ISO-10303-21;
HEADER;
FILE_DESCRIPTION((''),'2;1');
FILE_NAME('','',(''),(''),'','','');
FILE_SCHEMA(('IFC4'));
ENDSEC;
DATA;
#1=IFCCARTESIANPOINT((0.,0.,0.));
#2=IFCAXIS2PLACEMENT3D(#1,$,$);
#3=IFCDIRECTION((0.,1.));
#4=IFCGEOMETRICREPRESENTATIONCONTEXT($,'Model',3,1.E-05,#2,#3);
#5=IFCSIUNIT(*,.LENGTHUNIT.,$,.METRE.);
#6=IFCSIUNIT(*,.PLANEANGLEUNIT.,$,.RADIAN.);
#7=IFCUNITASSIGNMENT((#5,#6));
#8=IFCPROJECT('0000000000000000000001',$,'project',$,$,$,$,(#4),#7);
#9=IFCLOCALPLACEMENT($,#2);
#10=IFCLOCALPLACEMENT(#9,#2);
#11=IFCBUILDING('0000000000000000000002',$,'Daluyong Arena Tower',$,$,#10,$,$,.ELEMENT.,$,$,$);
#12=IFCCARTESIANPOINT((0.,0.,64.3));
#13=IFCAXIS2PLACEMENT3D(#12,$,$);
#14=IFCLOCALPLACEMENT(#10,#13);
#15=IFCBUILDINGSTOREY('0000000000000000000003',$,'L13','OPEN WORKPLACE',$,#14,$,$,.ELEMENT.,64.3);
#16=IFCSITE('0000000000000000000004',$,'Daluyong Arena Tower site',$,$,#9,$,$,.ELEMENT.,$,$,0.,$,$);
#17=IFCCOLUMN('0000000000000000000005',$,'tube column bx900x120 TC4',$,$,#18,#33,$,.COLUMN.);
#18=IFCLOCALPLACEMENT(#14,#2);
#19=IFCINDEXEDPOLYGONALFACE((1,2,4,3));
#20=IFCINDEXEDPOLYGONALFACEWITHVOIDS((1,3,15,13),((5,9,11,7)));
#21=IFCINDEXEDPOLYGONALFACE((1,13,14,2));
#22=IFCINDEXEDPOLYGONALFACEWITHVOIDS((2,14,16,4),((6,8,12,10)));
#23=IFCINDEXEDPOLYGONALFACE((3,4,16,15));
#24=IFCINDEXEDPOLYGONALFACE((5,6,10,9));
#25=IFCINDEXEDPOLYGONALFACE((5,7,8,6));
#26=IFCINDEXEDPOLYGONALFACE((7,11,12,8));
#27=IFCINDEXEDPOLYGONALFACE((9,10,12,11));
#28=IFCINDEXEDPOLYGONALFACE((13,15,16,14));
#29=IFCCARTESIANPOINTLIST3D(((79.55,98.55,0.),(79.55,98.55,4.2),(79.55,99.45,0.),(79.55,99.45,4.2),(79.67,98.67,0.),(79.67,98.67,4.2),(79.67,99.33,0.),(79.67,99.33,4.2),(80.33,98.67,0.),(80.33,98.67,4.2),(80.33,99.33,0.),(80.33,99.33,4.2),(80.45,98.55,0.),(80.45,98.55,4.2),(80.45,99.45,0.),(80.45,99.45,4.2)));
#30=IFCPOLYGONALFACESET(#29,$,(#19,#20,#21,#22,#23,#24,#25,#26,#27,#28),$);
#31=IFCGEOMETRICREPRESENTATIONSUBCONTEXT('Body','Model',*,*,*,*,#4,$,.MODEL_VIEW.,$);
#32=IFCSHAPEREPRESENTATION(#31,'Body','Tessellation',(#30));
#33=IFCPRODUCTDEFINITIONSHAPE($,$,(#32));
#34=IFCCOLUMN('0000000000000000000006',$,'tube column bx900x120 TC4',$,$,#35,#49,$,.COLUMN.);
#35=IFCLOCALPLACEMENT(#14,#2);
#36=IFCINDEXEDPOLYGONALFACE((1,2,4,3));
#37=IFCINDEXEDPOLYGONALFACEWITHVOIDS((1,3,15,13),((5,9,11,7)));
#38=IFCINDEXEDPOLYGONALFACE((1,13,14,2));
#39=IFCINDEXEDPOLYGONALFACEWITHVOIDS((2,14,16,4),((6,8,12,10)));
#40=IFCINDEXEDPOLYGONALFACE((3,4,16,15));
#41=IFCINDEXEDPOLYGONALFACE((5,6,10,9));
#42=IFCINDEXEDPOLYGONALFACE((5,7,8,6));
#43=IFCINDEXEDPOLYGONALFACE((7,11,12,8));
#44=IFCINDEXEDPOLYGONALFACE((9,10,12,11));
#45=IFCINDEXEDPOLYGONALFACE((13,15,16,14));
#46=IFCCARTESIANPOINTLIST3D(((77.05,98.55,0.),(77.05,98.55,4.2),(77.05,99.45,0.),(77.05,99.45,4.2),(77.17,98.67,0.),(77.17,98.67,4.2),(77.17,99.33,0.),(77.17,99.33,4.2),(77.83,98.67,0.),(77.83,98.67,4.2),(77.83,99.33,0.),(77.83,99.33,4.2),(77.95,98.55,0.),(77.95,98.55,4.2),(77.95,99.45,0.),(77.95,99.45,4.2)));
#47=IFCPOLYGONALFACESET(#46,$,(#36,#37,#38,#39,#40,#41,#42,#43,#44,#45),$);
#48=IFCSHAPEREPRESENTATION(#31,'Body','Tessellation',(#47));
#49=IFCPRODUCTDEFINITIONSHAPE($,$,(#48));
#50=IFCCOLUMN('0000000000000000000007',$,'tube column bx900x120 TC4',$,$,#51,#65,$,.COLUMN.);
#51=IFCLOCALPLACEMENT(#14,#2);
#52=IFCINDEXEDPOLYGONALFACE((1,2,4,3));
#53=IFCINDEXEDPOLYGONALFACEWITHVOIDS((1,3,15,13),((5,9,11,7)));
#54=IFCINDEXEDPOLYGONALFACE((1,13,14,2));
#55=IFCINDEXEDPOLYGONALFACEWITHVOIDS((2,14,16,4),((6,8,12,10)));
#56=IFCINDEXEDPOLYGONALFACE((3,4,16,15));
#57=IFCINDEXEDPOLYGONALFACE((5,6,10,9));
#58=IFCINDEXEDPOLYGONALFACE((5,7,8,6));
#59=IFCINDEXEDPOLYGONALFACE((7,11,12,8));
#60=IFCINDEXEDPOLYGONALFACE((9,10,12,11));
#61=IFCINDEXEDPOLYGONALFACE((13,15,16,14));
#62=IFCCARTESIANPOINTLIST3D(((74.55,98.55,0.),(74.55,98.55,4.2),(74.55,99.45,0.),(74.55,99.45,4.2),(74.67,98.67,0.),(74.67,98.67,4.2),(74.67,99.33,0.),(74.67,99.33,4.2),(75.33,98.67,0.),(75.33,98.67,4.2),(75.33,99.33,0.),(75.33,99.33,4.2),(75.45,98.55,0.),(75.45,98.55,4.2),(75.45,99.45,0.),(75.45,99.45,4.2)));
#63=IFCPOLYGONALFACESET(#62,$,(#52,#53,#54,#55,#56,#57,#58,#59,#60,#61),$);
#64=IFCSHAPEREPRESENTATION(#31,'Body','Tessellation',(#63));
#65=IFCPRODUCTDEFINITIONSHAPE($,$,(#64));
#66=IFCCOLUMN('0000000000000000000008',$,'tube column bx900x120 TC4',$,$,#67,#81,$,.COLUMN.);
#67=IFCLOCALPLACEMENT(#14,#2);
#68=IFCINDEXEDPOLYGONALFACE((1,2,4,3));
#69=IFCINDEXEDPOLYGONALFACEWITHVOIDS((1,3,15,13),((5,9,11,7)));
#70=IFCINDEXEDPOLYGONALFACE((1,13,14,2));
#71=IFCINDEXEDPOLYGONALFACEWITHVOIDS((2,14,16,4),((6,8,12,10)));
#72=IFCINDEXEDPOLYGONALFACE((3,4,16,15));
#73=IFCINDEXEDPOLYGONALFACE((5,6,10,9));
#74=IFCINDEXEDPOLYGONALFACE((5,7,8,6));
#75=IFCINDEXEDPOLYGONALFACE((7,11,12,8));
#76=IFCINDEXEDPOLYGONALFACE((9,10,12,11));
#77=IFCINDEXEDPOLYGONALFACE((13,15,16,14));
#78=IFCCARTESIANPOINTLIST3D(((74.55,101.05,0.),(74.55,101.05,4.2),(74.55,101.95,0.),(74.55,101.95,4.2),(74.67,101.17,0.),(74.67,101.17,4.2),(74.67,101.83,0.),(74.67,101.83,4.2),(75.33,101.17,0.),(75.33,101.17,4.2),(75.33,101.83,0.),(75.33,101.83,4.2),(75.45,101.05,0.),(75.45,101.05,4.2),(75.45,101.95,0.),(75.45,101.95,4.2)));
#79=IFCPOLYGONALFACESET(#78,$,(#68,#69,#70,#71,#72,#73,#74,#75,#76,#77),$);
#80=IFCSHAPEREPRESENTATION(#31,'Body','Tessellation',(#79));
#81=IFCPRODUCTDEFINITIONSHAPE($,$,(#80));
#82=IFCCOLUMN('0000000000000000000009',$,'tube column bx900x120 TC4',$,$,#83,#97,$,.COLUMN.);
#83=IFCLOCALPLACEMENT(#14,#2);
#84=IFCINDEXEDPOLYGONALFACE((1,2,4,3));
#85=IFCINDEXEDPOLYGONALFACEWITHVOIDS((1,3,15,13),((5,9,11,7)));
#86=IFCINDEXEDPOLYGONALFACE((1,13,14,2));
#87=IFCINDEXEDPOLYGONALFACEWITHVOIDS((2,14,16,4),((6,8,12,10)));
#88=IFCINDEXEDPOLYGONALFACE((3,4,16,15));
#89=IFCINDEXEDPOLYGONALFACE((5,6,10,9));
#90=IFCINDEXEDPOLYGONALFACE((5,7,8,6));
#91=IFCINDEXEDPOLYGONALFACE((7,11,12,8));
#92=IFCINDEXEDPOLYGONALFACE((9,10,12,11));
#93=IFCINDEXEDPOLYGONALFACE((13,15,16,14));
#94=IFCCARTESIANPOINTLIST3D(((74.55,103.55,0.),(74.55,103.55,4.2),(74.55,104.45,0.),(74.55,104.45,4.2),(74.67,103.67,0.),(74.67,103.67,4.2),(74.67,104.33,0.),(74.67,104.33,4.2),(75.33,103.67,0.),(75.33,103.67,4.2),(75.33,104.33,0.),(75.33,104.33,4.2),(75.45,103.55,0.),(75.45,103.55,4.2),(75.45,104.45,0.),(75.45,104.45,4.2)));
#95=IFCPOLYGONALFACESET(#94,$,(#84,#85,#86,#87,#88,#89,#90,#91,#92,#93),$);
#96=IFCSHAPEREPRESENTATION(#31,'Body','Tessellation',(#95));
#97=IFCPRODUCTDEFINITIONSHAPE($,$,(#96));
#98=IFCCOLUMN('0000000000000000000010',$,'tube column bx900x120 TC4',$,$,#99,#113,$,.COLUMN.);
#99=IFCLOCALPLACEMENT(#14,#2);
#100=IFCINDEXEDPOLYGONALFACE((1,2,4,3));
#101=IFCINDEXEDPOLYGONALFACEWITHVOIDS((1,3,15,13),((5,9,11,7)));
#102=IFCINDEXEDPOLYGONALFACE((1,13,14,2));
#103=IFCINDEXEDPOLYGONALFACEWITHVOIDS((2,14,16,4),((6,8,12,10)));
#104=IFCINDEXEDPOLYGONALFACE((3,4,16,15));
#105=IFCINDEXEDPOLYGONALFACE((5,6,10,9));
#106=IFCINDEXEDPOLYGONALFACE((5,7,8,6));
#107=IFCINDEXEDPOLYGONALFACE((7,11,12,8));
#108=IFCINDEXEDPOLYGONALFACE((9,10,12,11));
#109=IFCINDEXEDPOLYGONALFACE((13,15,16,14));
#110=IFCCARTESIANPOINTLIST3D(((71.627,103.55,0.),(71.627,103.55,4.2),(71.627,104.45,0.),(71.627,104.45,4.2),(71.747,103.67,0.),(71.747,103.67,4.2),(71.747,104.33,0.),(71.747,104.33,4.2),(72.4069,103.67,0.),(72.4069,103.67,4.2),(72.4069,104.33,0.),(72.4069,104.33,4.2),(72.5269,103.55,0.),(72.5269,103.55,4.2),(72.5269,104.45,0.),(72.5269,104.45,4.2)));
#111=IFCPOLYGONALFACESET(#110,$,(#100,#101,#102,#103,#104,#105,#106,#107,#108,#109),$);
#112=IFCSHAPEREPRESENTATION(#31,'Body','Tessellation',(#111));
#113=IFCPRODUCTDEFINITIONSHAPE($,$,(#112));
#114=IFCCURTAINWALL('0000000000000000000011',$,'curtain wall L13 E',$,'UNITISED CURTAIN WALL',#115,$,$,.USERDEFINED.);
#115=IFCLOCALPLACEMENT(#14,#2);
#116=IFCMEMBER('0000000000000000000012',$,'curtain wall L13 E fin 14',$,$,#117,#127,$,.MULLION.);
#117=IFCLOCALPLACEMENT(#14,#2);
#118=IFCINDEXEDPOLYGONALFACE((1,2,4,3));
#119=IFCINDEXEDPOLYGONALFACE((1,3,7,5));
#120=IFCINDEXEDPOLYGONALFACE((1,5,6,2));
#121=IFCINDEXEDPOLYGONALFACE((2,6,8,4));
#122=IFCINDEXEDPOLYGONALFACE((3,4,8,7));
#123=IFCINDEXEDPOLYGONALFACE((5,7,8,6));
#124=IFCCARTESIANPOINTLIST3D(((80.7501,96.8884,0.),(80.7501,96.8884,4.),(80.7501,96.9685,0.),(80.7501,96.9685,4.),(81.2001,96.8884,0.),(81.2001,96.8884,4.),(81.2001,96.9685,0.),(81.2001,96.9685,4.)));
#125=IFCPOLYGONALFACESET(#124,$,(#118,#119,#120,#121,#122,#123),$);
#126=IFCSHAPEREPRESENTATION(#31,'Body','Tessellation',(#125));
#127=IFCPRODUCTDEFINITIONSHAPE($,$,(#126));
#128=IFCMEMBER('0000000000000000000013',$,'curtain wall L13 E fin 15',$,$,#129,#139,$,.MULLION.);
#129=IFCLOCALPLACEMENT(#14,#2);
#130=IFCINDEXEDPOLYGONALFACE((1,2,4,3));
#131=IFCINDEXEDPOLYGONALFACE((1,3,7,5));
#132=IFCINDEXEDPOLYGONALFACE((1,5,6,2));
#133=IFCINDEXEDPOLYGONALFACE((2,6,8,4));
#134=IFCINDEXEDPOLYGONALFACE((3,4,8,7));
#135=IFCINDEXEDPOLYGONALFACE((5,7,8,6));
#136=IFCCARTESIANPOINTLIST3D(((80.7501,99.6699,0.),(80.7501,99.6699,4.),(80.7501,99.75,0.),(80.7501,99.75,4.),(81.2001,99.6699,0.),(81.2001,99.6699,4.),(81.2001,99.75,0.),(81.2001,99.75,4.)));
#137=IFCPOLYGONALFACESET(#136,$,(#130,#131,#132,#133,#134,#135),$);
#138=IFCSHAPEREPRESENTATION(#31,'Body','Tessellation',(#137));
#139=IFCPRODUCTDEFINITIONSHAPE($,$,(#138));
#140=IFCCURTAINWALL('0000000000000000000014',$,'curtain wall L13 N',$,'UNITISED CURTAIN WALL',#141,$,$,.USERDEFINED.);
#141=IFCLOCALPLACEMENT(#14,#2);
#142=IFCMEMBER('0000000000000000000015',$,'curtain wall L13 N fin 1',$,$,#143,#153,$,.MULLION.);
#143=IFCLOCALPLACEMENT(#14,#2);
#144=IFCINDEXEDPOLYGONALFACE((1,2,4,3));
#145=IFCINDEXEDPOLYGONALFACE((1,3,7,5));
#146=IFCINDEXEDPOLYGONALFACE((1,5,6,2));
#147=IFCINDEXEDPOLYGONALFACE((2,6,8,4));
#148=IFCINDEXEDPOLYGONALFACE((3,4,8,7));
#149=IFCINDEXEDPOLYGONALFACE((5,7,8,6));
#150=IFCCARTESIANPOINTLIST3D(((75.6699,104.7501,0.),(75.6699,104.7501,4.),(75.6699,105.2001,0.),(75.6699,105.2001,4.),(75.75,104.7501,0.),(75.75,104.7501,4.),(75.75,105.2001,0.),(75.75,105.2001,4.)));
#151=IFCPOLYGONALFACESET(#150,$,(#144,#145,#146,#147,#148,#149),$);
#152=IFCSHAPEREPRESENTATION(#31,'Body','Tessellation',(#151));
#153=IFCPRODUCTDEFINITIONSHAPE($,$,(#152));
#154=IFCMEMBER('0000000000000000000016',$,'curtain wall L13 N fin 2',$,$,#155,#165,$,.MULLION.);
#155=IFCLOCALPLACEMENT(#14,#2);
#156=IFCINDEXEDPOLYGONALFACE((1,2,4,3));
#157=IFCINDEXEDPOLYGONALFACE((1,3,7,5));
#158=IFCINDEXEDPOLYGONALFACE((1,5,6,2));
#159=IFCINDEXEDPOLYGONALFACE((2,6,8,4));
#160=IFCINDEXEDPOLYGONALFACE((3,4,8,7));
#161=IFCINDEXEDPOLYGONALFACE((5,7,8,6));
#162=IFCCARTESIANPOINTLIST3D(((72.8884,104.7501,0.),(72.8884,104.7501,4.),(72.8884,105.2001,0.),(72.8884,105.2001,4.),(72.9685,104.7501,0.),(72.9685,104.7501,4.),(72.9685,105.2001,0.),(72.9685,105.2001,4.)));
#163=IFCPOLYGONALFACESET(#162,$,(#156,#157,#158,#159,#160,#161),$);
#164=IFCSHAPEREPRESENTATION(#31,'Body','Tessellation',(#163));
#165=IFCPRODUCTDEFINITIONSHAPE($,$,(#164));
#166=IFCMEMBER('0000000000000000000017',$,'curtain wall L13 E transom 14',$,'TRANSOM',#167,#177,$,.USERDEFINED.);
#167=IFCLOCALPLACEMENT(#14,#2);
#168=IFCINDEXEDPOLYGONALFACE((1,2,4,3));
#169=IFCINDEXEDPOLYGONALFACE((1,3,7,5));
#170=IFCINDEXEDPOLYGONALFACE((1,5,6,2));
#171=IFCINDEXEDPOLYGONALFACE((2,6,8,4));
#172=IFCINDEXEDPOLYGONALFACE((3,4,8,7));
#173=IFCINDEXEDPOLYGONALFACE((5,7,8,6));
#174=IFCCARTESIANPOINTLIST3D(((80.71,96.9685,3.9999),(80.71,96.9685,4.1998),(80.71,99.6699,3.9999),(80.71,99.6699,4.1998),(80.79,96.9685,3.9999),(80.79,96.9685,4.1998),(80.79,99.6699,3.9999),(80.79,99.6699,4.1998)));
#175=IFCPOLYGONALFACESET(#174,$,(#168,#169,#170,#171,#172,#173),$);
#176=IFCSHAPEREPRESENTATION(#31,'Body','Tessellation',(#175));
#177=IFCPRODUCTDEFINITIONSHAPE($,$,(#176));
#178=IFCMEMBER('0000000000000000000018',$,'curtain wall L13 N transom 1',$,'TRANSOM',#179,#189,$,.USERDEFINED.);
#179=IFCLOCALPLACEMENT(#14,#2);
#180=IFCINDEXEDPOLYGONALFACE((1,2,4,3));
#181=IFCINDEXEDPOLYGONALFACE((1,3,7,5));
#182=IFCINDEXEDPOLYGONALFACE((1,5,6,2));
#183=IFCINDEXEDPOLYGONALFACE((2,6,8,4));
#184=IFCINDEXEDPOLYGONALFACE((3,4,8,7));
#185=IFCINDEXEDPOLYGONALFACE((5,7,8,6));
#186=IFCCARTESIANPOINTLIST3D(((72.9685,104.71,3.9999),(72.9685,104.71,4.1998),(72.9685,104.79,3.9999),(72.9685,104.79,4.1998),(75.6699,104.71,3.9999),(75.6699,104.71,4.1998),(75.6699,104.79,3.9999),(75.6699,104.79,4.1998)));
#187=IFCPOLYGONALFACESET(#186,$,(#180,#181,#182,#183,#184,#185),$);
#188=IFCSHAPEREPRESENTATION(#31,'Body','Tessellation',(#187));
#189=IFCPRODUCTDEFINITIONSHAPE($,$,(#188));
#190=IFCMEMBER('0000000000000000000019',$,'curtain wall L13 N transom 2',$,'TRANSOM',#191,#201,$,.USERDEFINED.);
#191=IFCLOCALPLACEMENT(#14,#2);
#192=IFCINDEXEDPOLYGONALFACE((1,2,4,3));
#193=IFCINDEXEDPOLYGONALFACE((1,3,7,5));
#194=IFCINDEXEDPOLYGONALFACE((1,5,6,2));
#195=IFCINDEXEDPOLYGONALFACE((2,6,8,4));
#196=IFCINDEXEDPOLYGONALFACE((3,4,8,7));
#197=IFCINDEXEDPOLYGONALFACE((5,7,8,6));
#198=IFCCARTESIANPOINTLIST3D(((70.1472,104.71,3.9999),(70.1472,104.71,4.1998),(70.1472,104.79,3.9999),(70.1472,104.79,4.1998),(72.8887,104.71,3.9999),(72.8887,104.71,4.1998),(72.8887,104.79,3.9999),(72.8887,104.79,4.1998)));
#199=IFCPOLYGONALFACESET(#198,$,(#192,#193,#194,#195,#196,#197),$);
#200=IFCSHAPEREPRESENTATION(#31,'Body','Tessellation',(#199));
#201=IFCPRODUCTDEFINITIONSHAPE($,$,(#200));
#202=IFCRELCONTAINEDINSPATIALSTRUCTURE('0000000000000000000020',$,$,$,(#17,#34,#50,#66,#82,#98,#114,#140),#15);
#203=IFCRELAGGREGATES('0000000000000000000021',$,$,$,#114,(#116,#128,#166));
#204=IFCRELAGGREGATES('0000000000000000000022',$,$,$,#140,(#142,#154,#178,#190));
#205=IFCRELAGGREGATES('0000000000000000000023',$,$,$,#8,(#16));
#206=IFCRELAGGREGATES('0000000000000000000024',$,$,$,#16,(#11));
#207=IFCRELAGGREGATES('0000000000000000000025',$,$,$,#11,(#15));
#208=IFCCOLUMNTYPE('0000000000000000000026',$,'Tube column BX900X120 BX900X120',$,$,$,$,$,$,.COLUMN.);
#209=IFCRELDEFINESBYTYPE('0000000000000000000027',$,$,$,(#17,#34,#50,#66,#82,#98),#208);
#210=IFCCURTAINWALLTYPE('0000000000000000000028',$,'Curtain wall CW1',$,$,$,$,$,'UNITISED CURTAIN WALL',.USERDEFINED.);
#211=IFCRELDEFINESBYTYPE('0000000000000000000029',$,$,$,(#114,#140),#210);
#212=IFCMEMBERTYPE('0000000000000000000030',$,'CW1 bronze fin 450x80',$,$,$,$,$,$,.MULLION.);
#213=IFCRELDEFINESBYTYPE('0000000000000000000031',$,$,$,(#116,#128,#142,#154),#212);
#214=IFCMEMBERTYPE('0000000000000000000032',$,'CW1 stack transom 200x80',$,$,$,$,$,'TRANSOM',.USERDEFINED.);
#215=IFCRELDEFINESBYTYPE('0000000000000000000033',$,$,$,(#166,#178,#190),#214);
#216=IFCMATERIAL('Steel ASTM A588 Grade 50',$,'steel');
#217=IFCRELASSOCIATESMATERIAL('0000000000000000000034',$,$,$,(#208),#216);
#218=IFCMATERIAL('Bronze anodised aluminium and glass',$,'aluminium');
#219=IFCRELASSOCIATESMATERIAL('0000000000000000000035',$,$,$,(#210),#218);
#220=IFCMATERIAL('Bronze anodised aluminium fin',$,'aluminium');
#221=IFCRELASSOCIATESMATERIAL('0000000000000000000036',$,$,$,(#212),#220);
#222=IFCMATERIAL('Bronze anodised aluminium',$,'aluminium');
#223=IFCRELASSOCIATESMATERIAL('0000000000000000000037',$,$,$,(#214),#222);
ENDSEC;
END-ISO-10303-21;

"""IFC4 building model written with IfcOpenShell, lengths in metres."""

from ifc_helpers import new_model, si_unit, direction, frame, origin, origin_2d, place, context, subcontext, project, spatial, rectangle, hollow_rectangle, extrude, material, material_profile, profile_set, type_object, element, aggregate, save


model = new_model("IFC4")

# Units and contexts
model_context = context("Model", 3, precision=1e-05, world=origin(), true_north=direction((0.0, 1.0)))
body_context = subcontext(model_context, "Body", "Model", "MODEL_VIEW")
ifc_project = project(units=[si_unit("LENGTHUNIT", "METRE"), si_unit("PLANEANGLEUNIT", "RADIAN")], contexts=[model_context])

# Site, building, storey
site_placement = place(None, origin())
site = spatial("IfcSite", under=ifc_project, at=site_placement, Name="Daluyong Arena Tower site", CompositionType="ELEMENT", RefElevation=0.0)
building_placement = place(site_placement, origin())
building = spatial("IfcBuilding", under=site, at=building_placement, Name="Daluyong Arena Tower", CompositionType="ELEMENT")
storey_placement = place(building_placement, frame((0.0, 0.0, 64.3)))
storey = spatial("IfcBuildingStorey", under=building, at=storey_placement, Name="L13", Description="OPEN WORKPLACE", CompositionType="ELEMENT", Elevation=64.3)

# Columns
ifc_material_1 = material(Name="Steel ASTM A588 Grade 50", Category="steel")
ifc_material_profile_1 = material_profile(ifc_material_1, hollow_rectangle(XDim=0.8999, YDim=0.8999, WallThickness=0.12, at=origin_2d()))
ifc_profile_set_1 = profile_set([ifc_material_profile_1], Name="Steel ASTM A588 Grade 50")
column_type = type_object("IfcColumnType", Name="Tube column BX900X120 BX900X120", PredefinedType="COLUMN", material=ifc_profile_set_1)
for number, where, z_axis, x_axis, name in (
    (1, (80.0, 99.0, 0.0), (0.0, 0.0, 1.0), (1.0, 0.0, 0.0), "tube column bx900x120 TC4"),
    (2, (77.5, 99.0, 0.0), (0.0, 0.0, 1.0), (1.0, 0.0, 0.0), "tube column bx900x120 TC4"),
    (3, (75.0, 99.0, 0.0), (0.0, 0.0, 1.0), (0.0, 1.0, 0.0), "tube column bx900x120 TC4"),
    (4, (75.0, 101.5, 0.0), (0.0, 0.0, 1.0), (0.0, 1.0, 0.0), "tube column bx900x120 TC4"),
    (5, (75.0, 104.0, 0.0), (0.0, 0.0, 1.0), (1.0, 0.0, 0.0), "tube column bx900x120 TC4"),
    (6, (72.0769, 104.0, 0.0), (0.0, 0.0, 1.0), (1.0, 0.0, 0.0), "tube column bx900x120 TC4"),
):
    element("IfcColumn", number, at=place(storey_placement, frame(where, z_axis=z_axis, x_axis=x_axis)), inside=storey, type_object=column_type, Name=name, PredefinedType="COLUMN", context=body_context, shape_type="SweptSolid", body=[
        extrude(hollow_rectangle(XDim=0.8999, YDim=0.8999, WallThickness=0.12, at=origin_2d()), origin(), (0.0, 0.0, 1.0), 4.2),
    ])

# Curtain walls, members
ifc_material_2 = material(Name="Bronze anodised aluminium and glass", Category="aluminium")
curtain_wall_type_1 = type_object("IfcCurtainWallType", Name="Curtain wall CW1", ElementType="UNITISED CURTAIN WALL", PredefinedType="USERDEFINED", material=ifc_material_2)
curtain_wall_1_placement = place(storey_placement, origin())
curtain_wall_1 = element("IfcCurtainWall", 7, at=curtain_wall_1_placement, inside=storey, type_object=curtain_wall_type_1, Name="curtain wall L13 E", ObjectType="UNITISED CURTAIN WALL", PredefinedType="USERDEFINED")
ifc_material_3 = material(Name="Bronze anodised aluminium fin", Category="aluminium")
ifc_material_profile_2 = material_profile(ifc_material_3, rectangle(XDim=0.45, YDim=0.0801, at=origin_2d()))
ifc_profile_set_2 = profile_set([ifc_material_profile_2], Name="Bronze anodised aluminium fin")
member_type_1 = type_object("IfcMemberType", Name="CW1 bronze fin 450x80", PredefinedType="MULLION", material=ifc_profile_set_2)
member_1_placement = place(storey_placement, frame((80.9751, 96.9285, 0.0), z_axis=(0.0, 0.0, 1.0), x_axis=(-1.0, 0.0, 0.0)))
member_1 = element("IfcMember", 8, at=member_1_placement, type_object=member_type_1, Name="curtain wall L13 E fin 14", PredefinedType="MULLION", context=body_context, shape_type="SweptSolid", body=[
    extrude(rectangle(XDim=0.45, YDim=0.0801, at=origin_2d()), origin(), (0.0, 0.0, 1.0), 4.0),
])
member_2_placement = place(storey_placement, frame((80.9751, 99.71, 0.0), z_axis=(0.0, 0.0, 1.0), x_axis=(-1.0, 0.0, 0.0)))
member_2 = element("IfcMember", 9, at=member_2_placement, type_object=member_type_1, Name="curtain wall L13 E fin 15", PredefinedType="MULLION", context=body_context, shape_type="SweptSolid", body=[
    extrude(rectangle(XDim=0.45, YDim=0.0801, at=origin_2d()), origin(), (0.0, 0.0, 1.0), 4.0),
])
curtain_wall_2_placement = place(storey_placement, origin())
curtain_wall_2 = element("IfcCurtainWall", 10, at=curtain_wall_2_placement, inside=storey, type_object=curtain_wall_type_1, Name="curtain wall L13 N", ObjectType="UNITISED CURTAIN WALL", PredefinedType="USERDEFINED")
member_3_placement = place(storey_placement, frame((75.71, 104.9751, 0.0), z_axis=(0.0, 0.0, 1.0), x_axis=(0.0, -1.0, 0.0)))
member_3 = element("IfcMember", 11, at=member_3_placement, type_object=member_type_1, Name="curtain wall L13 N fin 1", PredefinedType="MULLION", context=body_context, shape_type="SweptSolid", body=[
    extrude(rectangle(XDim=0.45, YDim=0.0801, at=origin_2d()), origin(), (0.0, 0.0, 1.0), 4.0),
])
member_4_placement = place(storey_placement, frame((72.9285, 104.9751, 0.0), z_axis=(0.0, 0.0, 1.0), x_axis=(0.0, -1.0, 0.0)))
member_4 = element("IfcMember", 12, at=member_4_placement, type_object=member_type_1, Name="curtain wall L13 N fin 2", PredefinedType="MULLION", context=body_context, shape_type="SweptSolid", body=[
    extrude(rectangle(XDim=0.45, YDim=0.0801, at=origin_2d()), origin(), (0.0, 0.0, 1.0), 4.0),
])

# Members
ifc_material_4 = material(Name="Bronze anodised aluminium", Category="aluminium")
ifc_material_profile_3 = material_profile(ifc_material_4, rectangle(XDim=0.0801, YDim=0.2, at=origin_2d()))
ifc_profile_set_3 = profile_set([ifc_material_profile_3], Name="Bronze anodised aluminium")
member_type_2 = type_object("IfcMemberType", Name="CW1 stack transom 200x80", ElementType="TRANSOM", PredefinedType="USERDEFINED", material=ifc_profile_set_3)
member_5_placement = place(storey_placement, frame((80.75, 96.9685, 4.0999), z_axis=(0.0, 1.0, 0.0), x_axis=(-1.0, 0.0, 0.0)))
member_5 = element("IfcMember", 13, at=member_5_placement, type_object=member_type_2, Name="curtain wall L13 E transom 14", ObjectType="TRANSOM", PredefinedType="USERDEFINED", context=body_context, shape_type="SweptSolid", body=[
    extrude(rectangle(XDim=0.0801, YDim=0.2, at=origin_2d()), origin(), (0.0, 0.0, 1.0), 2.7014),
])
member_6_placement = place(storey_placement, frame((75.6699, 104.75, 4.0999), z_axis=(-1.0, 0.0, 0.0), x_axis=(0.0, -1.0, 0.0)))
member_6 = element("IfcMember", 14, at=member_6_placement, type_object=member_type_2, Name="curtain wall L13 N transom 1", ObjectType="TRANSOM", PredefinedType="USERDEFINED", context=body_context, shape_type="SweptSolid", body=[
    extrude(rectangle(XDim=0.0801, YDim=0.2, at=origin_2d()), origin(), (0.0, 0.0, 1.0), 2.7014),
])
member_7_placement = place(storey_placement, frame((72.8887, 104.75, 4.0999), z_axis=(-1.0, 0.0, 0.0), x_axis=(0.0, -1.0, 0.0)))
member_7 = element("IfcMember", 15, at=member_7_placement, type_object=member_type_2, Name="curtain wall L13 N transom 2", ObjectType="TRANSOM", PredefinedType="USERDEFINED", context=body_context, shape_type="SweptSolid", body=[
    extrude(rectangle(XDim=0.0801, YDim=0.2, at=origin_2d()), origin(), (0.0, 0.0, 1.0), 2.7415),
])

aggregate(curtain_wall_1, [member_1, member_2, member_5])
aggregate(curtain_wall_2, [member_3, member_4, member_6, member_7])

save(model, "model.ifc")
